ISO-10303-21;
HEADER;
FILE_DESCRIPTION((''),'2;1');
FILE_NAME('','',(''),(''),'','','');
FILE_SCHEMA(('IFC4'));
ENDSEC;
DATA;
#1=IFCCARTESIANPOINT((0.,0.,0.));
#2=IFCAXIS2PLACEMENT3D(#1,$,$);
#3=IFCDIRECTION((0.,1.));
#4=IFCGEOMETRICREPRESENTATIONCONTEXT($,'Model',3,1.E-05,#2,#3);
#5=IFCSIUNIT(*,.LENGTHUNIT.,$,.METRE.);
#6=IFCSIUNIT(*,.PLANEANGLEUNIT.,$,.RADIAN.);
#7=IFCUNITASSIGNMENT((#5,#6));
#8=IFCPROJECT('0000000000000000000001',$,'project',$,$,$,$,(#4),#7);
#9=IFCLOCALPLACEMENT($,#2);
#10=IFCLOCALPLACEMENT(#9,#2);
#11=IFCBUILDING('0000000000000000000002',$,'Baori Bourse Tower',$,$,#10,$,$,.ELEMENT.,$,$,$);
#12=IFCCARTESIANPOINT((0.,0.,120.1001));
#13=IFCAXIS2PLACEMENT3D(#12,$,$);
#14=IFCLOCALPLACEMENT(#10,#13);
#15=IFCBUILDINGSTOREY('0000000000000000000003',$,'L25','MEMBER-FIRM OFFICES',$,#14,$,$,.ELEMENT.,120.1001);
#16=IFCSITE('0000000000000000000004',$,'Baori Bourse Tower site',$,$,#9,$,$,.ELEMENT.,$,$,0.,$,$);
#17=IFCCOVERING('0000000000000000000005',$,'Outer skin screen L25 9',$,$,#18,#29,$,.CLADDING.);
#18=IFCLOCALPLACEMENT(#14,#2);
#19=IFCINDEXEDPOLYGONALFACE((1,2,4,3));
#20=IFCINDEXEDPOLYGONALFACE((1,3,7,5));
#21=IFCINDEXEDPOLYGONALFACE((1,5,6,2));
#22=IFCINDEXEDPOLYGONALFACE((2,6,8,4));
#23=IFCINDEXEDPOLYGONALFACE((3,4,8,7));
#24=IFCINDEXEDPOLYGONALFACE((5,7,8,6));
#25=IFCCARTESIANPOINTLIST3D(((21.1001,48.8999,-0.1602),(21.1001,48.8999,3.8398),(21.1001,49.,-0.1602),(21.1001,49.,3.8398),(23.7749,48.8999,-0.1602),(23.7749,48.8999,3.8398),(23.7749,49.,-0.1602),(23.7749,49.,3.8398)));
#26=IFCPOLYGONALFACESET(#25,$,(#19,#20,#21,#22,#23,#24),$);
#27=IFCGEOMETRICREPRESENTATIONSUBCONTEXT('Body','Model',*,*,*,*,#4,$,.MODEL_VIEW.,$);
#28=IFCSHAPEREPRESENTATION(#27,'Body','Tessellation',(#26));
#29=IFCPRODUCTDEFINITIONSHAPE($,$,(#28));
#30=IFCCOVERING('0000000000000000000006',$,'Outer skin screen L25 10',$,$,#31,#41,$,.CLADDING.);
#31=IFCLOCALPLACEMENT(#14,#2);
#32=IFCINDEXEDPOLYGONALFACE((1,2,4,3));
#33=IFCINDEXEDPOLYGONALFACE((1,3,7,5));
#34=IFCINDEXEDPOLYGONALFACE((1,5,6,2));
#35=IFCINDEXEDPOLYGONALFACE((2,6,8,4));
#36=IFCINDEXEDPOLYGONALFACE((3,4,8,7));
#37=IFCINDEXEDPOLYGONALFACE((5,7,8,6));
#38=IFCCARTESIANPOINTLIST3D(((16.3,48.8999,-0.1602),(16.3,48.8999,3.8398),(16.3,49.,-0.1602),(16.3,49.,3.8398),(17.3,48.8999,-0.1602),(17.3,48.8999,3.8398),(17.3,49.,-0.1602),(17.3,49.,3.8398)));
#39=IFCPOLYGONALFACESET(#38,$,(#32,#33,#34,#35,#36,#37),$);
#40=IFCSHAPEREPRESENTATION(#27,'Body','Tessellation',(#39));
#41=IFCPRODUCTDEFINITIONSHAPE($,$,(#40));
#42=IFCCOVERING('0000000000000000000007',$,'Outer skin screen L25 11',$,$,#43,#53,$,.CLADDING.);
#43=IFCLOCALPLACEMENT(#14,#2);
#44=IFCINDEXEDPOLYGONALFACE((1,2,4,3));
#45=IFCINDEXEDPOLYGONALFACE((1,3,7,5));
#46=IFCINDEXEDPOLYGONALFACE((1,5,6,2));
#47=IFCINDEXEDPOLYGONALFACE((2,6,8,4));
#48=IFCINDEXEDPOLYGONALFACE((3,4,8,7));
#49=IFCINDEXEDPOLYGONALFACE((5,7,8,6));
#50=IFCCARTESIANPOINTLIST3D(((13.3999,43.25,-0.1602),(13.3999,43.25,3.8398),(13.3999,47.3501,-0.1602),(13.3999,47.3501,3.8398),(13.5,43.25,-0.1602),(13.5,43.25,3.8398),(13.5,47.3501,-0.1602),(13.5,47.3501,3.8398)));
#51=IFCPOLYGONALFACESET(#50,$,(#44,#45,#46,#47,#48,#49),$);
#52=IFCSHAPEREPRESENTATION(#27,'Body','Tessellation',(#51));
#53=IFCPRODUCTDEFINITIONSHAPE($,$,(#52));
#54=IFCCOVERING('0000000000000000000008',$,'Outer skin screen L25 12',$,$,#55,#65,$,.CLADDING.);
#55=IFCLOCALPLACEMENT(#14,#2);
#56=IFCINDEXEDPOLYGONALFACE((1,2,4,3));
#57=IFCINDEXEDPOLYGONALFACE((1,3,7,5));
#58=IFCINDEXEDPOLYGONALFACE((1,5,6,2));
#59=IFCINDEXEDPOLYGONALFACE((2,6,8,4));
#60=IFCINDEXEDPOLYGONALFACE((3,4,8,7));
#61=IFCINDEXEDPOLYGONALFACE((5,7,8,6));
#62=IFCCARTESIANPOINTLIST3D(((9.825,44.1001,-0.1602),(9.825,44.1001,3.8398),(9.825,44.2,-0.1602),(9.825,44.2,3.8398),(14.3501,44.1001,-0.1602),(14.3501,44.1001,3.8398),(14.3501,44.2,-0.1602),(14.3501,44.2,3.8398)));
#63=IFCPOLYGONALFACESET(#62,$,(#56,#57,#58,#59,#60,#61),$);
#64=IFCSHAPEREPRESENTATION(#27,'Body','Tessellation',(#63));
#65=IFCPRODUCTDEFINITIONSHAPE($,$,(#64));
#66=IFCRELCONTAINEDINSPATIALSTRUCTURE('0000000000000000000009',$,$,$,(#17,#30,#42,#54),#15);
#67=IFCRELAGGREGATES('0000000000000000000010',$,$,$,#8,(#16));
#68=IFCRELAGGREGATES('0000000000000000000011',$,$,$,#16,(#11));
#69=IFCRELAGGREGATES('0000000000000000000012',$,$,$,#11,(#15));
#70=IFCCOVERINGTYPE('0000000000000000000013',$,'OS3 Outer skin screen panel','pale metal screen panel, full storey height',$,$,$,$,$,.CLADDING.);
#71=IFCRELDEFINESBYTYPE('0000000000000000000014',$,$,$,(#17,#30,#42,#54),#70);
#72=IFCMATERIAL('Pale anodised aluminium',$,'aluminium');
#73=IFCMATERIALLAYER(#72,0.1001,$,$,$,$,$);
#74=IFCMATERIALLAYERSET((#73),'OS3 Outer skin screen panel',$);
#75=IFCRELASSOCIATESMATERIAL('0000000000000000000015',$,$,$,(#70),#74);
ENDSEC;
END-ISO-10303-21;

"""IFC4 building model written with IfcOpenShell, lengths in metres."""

from ifc_helpers import new_model, si_unit, direction, frame, origin, place, context, subcontext, project, spatial, polyline, outline, extrude, material, layer, layer_set, type_object, element, save


model = new_model("IFC4")

# Units and contexts
model_context = context("Model", 3, precision=1e-05, world=origin(), true_north=direction((0.0, 1.0)))
body_context = subcontext(model_context, "Body", "Model", "MODEL_VIEW")
ifc_project = project(units=[si_unit("LENGTHUNIT", "METRE"), si_unit("PLANEANGLEUNIT", "RADIAN")], contexts=[model_context])

# Site, building, storey
site_placement = place(None, origin())
site = spatial("IfcSite", under=ifc_project, at=site_placement, Name="Baori Bourse Tower site", CompositionType="ELEMENT", RefElevation=0.0)
building_placement = place(site_placement, origin())
building = spatial("IfcBuilding", under=site, at=building_placement, Name="Baori Bourse Tower", CompositionType="ELEMENT")
storey_placement = place(building_placement, frame((0.0, 0.0, 120.1001)))
storey = spatial("IfcBuildingStorey", under=building, at=storey_placement, Name="L25", Description="MEMBER-FIRM OFFICES", CompositionType="ELEMENT", Elevation=120.1001)

# Coverings
ifc_material_1 = material(Name="Pale anodised aluminium", Category="aluminium")
ifc_layer_1 = layer(ifc_material_1, 0.1001)
ifc_layer_set_1 = layer_set([ifc_layer_1], Name="OS3 Outer skin screen panel")
covering_type = type_object("IfcCoveringType", Name="OS3 Outer skin screen panel", Description="pale metal screen panel, full storey height", PredefinedType="CLADDING", material=ifc_layer_set_1)
covering_1_placement = place(storey_placement, frame((0.0, 0.0, -0.1602)))
element("IfcCovering", 1, at=covering_1_placement, inside=storey, type_object=covering_type, Name="Outer skin screen L25 9", PredefinedType="CLADDING", context=body_context, shape_type="SweptSolid", body=[
    extrude(outline(polyline([(21.1001, 48.8999), (23.7749, 48.8999), (23.7749, 49.0), (21.1001, 49.0), (21.1001, 48.8999)])), origin(), (0.0, 0.0, 1.0), 4.0),
])
covering_2_placement = place(storey_placement, frame((0.0, 0.0, -0.1602)))
element("IfcCovering", 2, at=covering_2_placement, inside=storey, type_object=covering_type, Name="Outer skin screen L25 10", PredefinedType="CLADDING", context=body_context, shape_type="SweptSolid", body=[
    extrude(outline(polyline([(16.3, 48.8999), (17.3, 48.8999), (17.3, 49.0), (16.3, 49.0), (16.3, 48.8999)])), origin(), (0.0, 0.0, 1.0), 4.0),
])
covering_3_placement = place(storey_placement, frame((0.0, 0.0, -0.1602)))
element("IfcCovering", 3, at=covering_3_placement, inside=storey, type_object=covering_type, Name="Outer skin screen L25 11", PredefinedType="CLADDING", context=body_context, shape_type="SweptSolid", body=[
    extrude(outline(polyline([(13.5, 43.25), (13.5, 47.3501), (13.3999, 47.3501), (13.3999, 43.25), (13.5, 43.25)])), origin(), (0.0, 0.0, 1.0), 4.0),
])
covering_4_placement = place(storey_placement, frame((0.0, 0.0, -0.1602)))
element("IfcCovering", 4, at=covering_4_placement, inside=storey, type_object=covering_type, Name="Outer skin screen L25 12", PredefinedType="CLADDING", context=body_context, shape_type="SweptSolid", body=[
    extrude(outline(polyline([(9.825, 44.1001), (14.3501, 44.1001), (14.3501, 44.2), (9.825, 44.2), (9.825, 44.1001)])), origin(), (0.0, 0.0, 1.0), 4.0),
])

save(model, "model.ifc")
